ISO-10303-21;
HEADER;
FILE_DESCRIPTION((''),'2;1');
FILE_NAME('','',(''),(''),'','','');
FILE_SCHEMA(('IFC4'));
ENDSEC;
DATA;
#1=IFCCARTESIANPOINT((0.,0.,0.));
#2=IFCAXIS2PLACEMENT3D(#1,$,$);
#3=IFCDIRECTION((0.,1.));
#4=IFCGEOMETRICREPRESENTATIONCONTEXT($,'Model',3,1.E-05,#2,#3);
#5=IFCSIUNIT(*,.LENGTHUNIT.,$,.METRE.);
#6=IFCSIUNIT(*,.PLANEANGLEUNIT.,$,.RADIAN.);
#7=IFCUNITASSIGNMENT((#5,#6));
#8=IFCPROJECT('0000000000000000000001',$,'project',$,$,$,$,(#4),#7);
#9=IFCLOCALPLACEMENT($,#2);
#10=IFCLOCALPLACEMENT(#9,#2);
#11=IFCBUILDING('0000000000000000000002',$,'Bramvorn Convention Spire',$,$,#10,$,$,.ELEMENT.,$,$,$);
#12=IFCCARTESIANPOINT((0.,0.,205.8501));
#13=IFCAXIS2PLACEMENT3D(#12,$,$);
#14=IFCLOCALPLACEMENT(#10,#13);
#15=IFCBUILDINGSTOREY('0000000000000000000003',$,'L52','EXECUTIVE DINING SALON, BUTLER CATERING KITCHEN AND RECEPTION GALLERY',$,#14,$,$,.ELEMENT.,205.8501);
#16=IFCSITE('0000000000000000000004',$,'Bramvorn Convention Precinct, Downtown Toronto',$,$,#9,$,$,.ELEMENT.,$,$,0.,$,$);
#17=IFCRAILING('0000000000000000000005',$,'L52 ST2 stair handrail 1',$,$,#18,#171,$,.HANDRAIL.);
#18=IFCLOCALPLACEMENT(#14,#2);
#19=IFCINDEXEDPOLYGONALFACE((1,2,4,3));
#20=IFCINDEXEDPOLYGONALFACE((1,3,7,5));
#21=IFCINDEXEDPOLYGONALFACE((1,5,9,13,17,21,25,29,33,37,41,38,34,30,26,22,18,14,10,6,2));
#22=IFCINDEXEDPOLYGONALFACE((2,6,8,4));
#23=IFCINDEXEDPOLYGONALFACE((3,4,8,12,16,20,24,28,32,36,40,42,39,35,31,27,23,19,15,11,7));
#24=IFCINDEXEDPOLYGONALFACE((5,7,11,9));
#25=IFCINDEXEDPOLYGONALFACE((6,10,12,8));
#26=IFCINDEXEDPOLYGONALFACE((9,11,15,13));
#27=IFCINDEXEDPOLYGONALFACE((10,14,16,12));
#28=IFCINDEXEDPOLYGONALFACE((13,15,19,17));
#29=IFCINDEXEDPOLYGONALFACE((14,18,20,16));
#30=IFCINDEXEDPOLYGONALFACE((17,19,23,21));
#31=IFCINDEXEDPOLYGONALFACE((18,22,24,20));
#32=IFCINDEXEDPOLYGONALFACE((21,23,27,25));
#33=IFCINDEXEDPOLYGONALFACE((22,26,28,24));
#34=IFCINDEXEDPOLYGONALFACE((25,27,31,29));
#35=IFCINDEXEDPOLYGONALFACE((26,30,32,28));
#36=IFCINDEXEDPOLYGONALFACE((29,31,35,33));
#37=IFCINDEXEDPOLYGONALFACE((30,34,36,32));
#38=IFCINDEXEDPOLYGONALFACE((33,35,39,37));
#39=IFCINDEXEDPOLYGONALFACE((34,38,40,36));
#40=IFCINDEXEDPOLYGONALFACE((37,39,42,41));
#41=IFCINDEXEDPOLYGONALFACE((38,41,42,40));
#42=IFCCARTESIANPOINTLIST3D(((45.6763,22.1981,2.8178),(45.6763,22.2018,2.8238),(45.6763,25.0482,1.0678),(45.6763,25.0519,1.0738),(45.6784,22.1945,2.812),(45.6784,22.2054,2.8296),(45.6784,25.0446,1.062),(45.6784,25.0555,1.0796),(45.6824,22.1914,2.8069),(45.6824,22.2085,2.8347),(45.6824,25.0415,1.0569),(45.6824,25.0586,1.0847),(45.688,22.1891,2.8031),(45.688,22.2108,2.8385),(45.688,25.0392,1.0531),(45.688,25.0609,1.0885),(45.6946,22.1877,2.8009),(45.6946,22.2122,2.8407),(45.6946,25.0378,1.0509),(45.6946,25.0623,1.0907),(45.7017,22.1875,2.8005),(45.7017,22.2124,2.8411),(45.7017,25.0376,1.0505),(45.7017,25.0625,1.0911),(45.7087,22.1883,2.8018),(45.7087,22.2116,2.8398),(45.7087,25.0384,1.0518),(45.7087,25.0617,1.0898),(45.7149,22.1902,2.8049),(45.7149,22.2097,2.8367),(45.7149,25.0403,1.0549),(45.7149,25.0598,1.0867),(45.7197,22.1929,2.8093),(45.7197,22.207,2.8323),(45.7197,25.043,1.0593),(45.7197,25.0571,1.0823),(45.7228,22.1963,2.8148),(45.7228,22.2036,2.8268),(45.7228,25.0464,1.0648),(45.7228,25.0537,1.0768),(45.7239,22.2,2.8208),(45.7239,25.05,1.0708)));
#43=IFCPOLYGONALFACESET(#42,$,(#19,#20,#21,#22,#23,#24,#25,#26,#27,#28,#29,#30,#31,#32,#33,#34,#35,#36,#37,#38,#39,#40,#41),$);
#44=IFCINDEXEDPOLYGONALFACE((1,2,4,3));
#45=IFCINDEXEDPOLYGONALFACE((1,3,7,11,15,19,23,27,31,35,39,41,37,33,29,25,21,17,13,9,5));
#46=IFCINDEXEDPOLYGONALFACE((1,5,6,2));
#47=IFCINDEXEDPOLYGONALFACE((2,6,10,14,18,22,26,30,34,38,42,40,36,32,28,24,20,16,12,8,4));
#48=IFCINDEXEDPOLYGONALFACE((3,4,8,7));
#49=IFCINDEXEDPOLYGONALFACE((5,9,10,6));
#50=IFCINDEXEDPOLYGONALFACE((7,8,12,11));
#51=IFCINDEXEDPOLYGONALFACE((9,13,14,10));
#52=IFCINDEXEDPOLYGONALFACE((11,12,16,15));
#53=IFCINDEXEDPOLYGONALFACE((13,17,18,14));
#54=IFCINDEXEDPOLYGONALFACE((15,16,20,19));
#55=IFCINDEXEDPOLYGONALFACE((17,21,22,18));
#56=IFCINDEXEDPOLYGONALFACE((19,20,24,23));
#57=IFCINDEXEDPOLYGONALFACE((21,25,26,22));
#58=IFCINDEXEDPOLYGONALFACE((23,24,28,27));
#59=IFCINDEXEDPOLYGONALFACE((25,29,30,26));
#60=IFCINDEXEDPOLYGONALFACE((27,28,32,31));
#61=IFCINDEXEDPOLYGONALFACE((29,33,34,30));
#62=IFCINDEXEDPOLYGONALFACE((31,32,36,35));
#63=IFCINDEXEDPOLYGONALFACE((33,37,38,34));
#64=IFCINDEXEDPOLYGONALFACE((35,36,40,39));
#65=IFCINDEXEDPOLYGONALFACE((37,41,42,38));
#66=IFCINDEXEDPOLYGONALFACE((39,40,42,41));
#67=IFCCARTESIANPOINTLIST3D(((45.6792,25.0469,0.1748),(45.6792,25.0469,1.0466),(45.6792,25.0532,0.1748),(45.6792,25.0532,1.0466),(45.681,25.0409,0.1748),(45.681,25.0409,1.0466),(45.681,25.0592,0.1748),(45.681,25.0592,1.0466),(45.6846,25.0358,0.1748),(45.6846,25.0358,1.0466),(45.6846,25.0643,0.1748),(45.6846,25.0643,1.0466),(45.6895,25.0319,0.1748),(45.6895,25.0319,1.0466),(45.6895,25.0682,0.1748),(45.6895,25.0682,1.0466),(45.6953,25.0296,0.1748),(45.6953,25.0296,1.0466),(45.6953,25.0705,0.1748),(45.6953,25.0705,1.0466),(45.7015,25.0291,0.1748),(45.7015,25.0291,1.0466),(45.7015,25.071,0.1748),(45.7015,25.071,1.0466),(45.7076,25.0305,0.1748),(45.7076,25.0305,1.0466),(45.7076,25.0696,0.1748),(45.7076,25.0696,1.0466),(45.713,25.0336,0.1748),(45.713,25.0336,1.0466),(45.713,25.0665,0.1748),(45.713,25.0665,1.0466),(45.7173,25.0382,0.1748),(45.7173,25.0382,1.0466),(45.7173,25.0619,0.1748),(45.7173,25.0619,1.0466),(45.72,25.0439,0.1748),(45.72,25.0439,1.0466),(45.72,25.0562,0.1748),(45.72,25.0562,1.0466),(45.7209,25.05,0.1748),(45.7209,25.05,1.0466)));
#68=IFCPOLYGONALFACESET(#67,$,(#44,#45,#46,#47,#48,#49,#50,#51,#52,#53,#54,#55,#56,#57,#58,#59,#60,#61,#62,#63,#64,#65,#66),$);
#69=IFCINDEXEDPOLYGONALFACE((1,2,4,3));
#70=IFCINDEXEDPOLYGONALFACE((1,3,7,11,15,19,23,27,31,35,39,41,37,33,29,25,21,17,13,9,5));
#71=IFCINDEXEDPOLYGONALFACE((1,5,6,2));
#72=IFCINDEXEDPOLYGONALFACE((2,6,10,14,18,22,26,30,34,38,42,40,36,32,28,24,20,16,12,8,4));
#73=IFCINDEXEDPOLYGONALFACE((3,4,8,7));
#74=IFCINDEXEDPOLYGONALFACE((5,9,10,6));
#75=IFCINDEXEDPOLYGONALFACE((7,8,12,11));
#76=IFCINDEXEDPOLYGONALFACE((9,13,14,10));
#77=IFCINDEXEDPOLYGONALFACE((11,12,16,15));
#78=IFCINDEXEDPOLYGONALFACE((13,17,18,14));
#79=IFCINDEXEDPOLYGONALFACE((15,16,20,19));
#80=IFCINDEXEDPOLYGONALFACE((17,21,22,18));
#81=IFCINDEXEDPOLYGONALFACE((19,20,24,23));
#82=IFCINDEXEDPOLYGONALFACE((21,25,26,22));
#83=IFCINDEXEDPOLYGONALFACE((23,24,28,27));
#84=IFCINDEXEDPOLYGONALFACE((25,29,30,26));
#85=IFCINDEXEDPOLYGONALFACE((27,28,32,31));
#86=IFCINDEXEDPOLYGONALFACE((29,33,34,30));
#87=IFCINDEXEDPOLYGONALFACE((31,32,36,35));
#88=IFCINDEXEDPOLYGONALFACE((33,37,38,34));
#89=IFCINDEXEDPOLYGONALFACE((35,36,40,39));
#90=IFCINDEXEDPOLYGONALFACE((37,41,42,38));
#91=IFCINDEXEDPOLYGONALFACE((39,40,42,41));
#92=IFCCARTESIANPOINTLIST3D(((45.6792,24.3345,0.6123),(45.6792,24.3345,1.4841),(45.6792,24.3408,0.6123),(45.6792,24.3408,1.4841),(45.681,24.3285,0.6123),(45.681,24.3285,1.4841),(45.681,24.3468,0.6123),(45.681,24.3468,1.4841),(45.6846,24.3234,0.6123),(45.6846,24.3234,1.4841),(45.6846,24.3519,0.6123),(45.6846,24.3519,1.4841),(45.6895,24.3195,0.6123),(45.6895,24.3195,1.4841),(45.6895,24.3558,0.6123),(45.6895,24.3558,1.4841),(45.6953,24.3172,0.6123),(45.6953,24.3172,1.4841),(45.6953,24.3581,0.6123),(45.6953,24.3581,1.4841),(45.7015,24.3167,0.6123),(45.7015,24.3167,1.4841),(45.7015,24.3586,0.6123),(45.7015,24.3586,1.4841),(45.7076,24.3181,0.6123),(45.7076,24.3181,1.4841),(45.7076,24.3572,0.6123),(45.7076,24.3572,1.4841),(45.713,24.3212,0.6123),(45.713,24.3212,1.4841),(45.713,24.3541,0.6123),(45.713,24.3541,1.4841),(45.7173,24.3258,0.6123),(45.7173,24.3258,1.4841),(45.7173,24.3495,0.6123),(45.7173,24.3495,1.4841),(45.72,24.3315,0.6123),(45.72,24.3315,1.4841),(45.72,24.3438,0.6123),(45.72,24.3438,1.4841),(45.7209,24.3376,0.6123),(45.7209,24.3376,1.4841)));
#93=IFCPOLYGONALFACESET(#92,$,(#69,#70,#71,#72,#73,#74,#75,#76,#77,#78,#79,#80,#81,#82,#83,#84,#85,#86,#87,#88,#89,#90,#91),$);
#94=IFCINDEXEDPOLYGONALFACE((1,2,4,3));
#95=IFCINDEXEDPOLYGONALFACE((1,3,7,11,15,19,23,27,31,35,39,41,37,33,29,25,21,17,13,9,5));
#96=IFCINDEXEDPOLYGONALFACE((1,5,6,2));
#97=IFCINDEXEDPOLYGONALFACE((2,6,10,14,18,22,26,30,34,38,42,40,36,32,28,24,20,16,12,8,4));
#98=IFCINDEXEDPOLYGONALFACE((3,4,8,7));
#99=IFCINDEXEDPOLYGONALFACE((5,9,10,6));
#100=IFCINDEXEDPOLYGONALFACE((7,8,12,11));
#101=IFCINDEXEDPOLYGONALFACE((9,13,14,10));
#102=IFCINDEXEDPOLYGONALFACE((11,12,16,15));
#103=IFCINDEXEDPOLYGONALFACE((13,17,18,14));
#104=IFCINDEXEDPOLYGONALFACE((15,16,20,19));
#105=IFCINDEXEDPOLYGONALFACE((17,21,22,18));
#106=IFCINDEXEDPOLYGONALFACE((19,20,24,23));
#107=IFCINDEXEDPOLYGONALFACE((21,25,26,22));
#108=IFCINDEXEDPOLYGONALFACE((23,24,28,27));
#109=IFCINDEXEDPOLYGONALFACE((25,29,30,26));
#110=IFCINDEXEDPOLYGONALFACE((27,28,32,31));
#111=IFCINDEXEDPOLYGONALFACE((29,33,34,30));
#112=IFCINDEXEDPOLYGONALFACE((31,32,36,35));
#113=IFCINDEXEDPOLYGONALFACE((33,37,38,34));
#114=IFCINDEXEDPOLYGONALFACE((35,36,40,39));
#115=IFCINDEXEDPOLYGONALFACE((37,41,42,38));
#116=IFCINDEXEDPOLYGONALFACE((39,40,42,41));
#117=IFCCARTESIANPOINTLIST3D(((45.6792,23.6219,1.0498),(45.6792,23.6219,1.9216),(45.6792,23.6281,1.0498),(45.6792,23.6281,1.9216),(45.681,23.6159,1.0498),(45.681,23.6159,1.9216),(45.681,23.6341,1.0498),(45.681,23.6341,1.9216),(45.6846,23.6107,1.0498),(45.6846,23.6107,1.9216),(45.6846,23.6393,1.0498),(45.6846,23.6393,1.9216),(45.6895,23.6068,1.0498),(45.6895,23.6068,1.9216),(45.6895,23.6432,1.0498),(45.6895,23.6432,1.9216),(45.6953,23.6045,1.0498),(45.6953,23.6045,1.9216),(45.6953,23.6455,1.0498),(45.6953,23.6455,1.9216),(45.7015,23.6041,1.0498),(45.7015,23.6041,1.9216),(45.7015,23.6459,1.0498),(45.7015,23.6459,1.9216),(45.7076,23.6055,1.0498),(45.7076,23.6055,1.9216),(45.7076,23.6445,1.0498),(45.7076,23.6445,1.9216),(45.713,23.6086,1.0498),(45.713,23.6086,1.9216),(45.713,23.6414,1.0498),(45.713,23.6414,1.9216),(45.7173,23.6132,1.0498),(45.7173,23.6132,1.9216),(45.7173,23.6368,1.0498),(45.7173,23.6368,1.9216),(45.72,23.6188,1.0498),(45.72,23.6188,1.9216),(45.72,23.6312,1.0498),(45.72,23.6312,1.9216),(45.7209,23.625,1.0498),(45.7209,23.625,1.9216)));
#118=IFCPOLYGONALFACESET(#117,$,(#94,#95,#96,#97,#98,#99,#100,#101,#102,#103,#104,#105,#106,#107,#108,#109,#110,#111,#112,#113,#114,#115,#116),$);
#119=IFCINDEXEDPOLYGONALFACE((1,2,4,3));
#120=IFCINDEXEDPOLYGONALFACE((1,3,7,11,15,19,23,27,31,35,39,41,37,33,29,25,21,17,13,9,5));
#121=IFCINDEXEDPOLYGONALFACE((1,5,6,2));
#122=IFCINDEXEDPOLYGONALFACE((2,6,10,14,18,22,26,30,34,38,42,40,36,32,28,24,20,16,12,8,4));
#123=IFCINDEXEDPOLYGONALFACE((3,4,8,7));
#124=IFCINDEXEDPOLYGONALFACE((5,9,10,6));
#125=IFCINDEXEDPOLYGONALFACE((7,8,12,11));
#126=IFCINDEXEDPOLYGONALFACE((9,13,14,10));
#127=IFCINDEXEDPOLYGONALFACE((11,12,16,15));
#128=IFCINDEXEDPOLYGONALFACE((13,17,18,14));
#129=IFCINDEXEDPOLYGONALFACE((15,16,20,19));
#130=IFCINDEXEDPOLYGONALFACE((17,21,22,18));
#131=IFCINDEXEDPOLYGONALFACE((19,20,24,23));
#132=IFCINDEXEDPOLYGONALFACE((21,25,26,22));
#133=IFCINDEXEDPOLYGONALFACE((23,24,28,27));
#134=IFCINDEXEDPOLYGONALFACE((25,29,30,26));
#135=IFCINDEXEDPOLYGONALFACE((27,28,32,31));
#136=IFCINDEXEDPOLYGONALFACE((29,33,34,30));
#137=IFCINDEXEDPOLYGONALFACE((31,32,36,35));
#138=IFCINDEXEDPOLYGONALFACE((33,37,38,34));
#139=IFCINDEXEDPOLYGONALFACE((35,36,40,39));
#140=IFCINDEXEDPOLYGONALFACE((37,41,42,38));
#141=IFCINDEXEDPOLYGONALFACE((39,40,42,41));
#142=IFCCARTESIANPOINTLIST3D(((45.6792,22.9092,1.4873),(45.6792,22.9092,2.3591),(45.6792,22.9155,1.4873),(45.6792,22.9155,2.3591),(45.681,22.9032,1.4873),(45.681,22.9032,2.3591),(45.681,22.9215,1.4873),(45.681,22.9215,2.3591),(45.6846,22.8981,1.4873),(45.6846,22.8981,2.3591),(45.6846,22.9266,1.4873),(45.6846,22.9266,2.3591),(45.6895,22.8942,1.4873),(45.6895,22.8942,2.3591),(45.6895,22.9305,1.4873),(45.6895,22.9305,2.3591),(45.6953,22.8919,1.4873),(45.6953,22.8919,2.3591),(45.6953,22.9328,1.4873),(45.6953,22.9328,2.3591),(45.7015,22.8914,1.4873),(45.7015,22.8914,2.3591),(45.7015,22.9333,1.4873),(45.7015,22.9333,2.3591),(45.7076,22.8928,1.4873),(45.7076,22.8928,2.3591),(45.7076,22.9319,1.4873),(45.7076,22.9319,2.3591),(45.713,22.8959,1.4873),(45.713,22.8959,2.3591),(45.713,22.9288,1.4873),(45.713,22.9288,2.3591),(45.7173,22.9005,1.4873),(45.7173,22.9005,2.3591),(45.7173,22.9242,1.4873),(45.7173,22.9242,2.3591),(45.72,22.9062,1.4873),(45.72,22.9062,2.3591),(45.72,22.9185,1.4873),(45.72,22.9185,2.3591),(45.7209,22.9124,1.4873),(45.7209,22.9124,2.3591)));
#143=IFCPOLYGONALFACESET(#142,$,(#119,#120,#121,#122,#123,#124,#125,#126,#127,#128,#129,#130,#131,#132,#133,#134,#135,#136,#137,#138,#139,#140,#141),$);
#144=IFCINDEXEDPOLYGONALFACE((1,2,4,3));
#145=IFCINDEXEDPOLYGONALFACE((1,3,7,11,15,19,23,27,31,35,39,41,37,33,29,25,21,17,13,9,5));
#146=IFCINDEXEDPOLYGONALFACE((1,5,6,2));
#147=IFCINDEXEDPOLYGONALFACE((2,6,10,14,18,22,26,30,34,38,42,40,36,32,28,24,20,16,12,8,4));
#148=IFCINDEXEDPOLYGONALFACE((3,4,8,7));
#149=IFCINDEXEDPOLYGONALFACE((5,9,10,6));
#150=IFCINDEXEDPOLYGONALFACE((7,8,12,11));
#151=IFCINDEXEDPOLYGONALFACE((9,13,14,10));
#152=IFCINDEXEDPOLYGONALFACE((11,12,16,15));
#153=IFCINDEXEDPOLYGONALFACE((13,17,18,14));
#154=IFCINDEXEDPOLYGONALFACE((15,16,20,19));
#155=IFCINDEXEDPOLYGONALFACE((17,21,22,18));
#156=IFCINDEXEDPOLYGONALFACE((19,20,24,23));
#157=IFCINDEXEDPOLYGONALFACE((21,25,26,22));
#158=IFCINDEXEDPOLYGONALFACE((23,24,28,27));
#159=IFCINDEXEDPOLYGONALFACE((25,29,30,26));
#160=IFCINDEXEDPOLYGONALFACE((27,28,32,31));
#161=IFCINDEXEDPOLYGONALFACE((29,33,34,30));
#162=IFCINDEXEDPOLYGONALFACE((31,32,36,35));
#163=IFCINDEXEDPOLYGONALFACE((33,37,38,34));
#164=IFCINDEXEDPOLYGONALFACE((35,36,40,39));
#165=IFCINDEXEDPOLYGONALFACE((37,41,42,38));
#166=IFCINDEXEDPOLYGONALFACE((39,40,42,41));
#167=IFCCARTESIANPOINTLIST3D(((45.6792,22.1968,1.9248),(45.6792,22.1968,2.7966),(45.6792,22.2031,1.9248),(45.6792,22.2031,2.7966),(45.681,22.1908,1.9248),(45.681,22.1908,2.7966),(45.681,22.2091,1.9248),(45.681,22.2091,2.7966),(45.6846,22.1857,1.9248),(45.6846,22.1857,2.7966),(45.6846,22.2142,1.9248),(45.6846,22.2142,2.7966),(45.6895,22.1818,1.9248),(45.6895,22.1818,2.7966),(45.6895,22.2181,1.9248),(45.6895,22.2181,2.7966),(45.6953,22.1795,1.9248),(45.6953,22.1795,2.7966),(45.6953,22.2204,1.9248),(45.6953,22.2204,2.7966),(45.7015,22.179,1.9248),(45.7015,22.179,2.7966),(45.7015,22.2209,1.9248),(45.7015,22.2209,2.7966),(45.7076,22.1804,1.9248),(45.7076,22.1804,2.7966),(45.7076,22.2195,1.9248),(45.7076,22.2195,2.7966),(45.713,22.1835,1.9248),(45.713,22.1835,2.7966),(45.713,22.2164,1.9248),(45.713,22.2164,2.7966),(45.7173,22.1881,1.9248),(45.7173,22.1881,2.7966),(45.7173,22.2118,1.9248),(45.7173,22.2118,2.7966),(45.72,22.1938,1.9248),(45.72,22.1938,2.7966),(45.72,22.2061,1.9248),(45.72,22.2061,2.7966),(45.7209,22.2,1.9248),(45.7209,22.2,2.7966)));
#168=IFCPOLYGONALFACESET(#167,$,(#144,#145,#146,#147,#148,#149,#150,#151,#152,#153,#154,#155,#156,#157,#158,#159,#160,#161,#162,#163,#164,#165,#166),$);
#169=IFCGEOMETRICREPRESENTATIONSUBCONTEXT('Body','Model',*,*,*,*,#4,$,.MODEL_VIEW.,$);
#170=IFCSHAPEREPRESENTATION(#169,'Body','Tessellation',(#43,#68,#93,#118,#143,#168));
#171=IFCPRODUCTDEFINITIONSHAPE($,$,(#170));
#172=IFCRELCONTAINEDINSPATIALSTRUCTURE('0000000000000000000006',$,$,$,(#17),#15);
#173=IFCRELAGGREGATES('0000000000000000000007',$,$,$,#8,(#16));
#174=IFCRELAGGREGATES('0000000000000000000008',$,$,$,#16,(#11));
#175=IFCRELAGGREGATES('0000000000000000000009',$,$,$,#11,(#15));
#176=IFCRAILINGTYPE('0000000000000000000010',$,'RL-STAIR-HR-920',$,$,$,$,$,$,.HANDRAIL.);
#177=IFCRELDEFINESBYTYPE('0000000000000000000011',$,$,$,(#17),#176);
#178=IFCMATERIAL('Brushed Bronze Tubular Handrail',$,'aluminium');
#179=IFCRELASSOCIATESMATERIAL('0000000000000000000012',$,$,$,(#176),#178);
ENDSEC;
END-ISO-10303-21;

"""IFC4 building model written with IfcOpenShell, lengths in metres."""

from ifc_helpers import new_model, si_unit, direction, frame, origin, origin_2d, place, context, subcontext, project, spatial, circle, extrude, material, type_object, element, save


model = new_model("IFC4")

# Units and contexts
model_context = context("Model", 3, precision=1e-05, world=origin(), true_north=direction((0.0, 1.0)))
body_context = subcontext(model_context, "Body", "Model", "MODEL_VIEW")
ifc_project = project(units=[si_unit("LENGTHUNIT", "METRE"), si_unit("PLANEANGLEUNIT", "RADIAN")], contexts=[model_context])

# Site, building, storey
site_placement = place(None, origin())
site = spatial("IfcSite", under=ifc_project, at=site_placement, Name="Bramvorn Convention Precinct, Downtown Toronto", CompositionType="ELEMENT", RefElevation=0.0)
building_placement = place(site_placement, origin())
building = spatial("IfcBuilding", under=site, at=building_placement, Name="Bramvorn Convention Spire", CompositionType="ELEMENT")
storey_placement = place(building_placement, frame((0.0, 0.0, 205.8501)))
storey = spatial("IfcBuildingStorey", under=building, at=storey_placement, Name="L52", Description="EXECUTIVE DINING SALON, BUTLER CATERING KITCHEN AND RECEPTION GALLERY", CompositionType="ELEMENT", Elevation=205.8501)

# Railing
ifc_material_1 = material(Name="Brushed Bronze Tubular Handrail", Category="aluminium")
railing_type_1 = type_object("IfcRailingType", Name="RL-STAIR-HR-920", PredefinedType="HANDRAIL", material=ifc_material_1)
railing_1_placement = place(storey_placement, frame((45.7, 25.05, 0.1748)))
element("IfcRailing", 1, at=railing_1_placement, inside=storey, type_object=railing_type_1, Name="L52 ST2 stair handrail 1", PredefinedType="HANDRAIL", context=body_context, shape_type="SweptSolid", body=[
    extrude(circle(Radius=0.0239, at=origin_2d()), frame((0.0, 0.0, 0.896), z_axis=(0.0, -0.852179, 0.52325), x_axis=(1.0, 0.0, 0.0)), (0.0, 0.0, 1.0), 3.3445),
    extrude(circle(Radius=0.021, at=origin_2d()), origin(), (0.0, 0.0, 1.0), 0.8718),
    extrude(circle(Radius=0.021, at=origin_2d()), frame((0.0, -0.7124, 0.4375)), (0.0, 0.0, 1.0), 0.8718),
    extrude(circle(Radius=0.021, at=origin_2d()), frame((0.0, -1.425, 0.875)), (0.0, 0.0, 1.0), 0.8718),
    extrude(circle(Radius=0.021, at=origin_2d()), frame((0.0, -2.1377, 1.3125)), (0.0, 0.0, 1.0), 0.8718),
    extrude(circle(Radius=0.021, at=origin_2d()), frame((0.0, -2.8501, 1.75)), (0.0, 0.0, 1.0), 0.8718),
])

save(model, "model.ifc")
